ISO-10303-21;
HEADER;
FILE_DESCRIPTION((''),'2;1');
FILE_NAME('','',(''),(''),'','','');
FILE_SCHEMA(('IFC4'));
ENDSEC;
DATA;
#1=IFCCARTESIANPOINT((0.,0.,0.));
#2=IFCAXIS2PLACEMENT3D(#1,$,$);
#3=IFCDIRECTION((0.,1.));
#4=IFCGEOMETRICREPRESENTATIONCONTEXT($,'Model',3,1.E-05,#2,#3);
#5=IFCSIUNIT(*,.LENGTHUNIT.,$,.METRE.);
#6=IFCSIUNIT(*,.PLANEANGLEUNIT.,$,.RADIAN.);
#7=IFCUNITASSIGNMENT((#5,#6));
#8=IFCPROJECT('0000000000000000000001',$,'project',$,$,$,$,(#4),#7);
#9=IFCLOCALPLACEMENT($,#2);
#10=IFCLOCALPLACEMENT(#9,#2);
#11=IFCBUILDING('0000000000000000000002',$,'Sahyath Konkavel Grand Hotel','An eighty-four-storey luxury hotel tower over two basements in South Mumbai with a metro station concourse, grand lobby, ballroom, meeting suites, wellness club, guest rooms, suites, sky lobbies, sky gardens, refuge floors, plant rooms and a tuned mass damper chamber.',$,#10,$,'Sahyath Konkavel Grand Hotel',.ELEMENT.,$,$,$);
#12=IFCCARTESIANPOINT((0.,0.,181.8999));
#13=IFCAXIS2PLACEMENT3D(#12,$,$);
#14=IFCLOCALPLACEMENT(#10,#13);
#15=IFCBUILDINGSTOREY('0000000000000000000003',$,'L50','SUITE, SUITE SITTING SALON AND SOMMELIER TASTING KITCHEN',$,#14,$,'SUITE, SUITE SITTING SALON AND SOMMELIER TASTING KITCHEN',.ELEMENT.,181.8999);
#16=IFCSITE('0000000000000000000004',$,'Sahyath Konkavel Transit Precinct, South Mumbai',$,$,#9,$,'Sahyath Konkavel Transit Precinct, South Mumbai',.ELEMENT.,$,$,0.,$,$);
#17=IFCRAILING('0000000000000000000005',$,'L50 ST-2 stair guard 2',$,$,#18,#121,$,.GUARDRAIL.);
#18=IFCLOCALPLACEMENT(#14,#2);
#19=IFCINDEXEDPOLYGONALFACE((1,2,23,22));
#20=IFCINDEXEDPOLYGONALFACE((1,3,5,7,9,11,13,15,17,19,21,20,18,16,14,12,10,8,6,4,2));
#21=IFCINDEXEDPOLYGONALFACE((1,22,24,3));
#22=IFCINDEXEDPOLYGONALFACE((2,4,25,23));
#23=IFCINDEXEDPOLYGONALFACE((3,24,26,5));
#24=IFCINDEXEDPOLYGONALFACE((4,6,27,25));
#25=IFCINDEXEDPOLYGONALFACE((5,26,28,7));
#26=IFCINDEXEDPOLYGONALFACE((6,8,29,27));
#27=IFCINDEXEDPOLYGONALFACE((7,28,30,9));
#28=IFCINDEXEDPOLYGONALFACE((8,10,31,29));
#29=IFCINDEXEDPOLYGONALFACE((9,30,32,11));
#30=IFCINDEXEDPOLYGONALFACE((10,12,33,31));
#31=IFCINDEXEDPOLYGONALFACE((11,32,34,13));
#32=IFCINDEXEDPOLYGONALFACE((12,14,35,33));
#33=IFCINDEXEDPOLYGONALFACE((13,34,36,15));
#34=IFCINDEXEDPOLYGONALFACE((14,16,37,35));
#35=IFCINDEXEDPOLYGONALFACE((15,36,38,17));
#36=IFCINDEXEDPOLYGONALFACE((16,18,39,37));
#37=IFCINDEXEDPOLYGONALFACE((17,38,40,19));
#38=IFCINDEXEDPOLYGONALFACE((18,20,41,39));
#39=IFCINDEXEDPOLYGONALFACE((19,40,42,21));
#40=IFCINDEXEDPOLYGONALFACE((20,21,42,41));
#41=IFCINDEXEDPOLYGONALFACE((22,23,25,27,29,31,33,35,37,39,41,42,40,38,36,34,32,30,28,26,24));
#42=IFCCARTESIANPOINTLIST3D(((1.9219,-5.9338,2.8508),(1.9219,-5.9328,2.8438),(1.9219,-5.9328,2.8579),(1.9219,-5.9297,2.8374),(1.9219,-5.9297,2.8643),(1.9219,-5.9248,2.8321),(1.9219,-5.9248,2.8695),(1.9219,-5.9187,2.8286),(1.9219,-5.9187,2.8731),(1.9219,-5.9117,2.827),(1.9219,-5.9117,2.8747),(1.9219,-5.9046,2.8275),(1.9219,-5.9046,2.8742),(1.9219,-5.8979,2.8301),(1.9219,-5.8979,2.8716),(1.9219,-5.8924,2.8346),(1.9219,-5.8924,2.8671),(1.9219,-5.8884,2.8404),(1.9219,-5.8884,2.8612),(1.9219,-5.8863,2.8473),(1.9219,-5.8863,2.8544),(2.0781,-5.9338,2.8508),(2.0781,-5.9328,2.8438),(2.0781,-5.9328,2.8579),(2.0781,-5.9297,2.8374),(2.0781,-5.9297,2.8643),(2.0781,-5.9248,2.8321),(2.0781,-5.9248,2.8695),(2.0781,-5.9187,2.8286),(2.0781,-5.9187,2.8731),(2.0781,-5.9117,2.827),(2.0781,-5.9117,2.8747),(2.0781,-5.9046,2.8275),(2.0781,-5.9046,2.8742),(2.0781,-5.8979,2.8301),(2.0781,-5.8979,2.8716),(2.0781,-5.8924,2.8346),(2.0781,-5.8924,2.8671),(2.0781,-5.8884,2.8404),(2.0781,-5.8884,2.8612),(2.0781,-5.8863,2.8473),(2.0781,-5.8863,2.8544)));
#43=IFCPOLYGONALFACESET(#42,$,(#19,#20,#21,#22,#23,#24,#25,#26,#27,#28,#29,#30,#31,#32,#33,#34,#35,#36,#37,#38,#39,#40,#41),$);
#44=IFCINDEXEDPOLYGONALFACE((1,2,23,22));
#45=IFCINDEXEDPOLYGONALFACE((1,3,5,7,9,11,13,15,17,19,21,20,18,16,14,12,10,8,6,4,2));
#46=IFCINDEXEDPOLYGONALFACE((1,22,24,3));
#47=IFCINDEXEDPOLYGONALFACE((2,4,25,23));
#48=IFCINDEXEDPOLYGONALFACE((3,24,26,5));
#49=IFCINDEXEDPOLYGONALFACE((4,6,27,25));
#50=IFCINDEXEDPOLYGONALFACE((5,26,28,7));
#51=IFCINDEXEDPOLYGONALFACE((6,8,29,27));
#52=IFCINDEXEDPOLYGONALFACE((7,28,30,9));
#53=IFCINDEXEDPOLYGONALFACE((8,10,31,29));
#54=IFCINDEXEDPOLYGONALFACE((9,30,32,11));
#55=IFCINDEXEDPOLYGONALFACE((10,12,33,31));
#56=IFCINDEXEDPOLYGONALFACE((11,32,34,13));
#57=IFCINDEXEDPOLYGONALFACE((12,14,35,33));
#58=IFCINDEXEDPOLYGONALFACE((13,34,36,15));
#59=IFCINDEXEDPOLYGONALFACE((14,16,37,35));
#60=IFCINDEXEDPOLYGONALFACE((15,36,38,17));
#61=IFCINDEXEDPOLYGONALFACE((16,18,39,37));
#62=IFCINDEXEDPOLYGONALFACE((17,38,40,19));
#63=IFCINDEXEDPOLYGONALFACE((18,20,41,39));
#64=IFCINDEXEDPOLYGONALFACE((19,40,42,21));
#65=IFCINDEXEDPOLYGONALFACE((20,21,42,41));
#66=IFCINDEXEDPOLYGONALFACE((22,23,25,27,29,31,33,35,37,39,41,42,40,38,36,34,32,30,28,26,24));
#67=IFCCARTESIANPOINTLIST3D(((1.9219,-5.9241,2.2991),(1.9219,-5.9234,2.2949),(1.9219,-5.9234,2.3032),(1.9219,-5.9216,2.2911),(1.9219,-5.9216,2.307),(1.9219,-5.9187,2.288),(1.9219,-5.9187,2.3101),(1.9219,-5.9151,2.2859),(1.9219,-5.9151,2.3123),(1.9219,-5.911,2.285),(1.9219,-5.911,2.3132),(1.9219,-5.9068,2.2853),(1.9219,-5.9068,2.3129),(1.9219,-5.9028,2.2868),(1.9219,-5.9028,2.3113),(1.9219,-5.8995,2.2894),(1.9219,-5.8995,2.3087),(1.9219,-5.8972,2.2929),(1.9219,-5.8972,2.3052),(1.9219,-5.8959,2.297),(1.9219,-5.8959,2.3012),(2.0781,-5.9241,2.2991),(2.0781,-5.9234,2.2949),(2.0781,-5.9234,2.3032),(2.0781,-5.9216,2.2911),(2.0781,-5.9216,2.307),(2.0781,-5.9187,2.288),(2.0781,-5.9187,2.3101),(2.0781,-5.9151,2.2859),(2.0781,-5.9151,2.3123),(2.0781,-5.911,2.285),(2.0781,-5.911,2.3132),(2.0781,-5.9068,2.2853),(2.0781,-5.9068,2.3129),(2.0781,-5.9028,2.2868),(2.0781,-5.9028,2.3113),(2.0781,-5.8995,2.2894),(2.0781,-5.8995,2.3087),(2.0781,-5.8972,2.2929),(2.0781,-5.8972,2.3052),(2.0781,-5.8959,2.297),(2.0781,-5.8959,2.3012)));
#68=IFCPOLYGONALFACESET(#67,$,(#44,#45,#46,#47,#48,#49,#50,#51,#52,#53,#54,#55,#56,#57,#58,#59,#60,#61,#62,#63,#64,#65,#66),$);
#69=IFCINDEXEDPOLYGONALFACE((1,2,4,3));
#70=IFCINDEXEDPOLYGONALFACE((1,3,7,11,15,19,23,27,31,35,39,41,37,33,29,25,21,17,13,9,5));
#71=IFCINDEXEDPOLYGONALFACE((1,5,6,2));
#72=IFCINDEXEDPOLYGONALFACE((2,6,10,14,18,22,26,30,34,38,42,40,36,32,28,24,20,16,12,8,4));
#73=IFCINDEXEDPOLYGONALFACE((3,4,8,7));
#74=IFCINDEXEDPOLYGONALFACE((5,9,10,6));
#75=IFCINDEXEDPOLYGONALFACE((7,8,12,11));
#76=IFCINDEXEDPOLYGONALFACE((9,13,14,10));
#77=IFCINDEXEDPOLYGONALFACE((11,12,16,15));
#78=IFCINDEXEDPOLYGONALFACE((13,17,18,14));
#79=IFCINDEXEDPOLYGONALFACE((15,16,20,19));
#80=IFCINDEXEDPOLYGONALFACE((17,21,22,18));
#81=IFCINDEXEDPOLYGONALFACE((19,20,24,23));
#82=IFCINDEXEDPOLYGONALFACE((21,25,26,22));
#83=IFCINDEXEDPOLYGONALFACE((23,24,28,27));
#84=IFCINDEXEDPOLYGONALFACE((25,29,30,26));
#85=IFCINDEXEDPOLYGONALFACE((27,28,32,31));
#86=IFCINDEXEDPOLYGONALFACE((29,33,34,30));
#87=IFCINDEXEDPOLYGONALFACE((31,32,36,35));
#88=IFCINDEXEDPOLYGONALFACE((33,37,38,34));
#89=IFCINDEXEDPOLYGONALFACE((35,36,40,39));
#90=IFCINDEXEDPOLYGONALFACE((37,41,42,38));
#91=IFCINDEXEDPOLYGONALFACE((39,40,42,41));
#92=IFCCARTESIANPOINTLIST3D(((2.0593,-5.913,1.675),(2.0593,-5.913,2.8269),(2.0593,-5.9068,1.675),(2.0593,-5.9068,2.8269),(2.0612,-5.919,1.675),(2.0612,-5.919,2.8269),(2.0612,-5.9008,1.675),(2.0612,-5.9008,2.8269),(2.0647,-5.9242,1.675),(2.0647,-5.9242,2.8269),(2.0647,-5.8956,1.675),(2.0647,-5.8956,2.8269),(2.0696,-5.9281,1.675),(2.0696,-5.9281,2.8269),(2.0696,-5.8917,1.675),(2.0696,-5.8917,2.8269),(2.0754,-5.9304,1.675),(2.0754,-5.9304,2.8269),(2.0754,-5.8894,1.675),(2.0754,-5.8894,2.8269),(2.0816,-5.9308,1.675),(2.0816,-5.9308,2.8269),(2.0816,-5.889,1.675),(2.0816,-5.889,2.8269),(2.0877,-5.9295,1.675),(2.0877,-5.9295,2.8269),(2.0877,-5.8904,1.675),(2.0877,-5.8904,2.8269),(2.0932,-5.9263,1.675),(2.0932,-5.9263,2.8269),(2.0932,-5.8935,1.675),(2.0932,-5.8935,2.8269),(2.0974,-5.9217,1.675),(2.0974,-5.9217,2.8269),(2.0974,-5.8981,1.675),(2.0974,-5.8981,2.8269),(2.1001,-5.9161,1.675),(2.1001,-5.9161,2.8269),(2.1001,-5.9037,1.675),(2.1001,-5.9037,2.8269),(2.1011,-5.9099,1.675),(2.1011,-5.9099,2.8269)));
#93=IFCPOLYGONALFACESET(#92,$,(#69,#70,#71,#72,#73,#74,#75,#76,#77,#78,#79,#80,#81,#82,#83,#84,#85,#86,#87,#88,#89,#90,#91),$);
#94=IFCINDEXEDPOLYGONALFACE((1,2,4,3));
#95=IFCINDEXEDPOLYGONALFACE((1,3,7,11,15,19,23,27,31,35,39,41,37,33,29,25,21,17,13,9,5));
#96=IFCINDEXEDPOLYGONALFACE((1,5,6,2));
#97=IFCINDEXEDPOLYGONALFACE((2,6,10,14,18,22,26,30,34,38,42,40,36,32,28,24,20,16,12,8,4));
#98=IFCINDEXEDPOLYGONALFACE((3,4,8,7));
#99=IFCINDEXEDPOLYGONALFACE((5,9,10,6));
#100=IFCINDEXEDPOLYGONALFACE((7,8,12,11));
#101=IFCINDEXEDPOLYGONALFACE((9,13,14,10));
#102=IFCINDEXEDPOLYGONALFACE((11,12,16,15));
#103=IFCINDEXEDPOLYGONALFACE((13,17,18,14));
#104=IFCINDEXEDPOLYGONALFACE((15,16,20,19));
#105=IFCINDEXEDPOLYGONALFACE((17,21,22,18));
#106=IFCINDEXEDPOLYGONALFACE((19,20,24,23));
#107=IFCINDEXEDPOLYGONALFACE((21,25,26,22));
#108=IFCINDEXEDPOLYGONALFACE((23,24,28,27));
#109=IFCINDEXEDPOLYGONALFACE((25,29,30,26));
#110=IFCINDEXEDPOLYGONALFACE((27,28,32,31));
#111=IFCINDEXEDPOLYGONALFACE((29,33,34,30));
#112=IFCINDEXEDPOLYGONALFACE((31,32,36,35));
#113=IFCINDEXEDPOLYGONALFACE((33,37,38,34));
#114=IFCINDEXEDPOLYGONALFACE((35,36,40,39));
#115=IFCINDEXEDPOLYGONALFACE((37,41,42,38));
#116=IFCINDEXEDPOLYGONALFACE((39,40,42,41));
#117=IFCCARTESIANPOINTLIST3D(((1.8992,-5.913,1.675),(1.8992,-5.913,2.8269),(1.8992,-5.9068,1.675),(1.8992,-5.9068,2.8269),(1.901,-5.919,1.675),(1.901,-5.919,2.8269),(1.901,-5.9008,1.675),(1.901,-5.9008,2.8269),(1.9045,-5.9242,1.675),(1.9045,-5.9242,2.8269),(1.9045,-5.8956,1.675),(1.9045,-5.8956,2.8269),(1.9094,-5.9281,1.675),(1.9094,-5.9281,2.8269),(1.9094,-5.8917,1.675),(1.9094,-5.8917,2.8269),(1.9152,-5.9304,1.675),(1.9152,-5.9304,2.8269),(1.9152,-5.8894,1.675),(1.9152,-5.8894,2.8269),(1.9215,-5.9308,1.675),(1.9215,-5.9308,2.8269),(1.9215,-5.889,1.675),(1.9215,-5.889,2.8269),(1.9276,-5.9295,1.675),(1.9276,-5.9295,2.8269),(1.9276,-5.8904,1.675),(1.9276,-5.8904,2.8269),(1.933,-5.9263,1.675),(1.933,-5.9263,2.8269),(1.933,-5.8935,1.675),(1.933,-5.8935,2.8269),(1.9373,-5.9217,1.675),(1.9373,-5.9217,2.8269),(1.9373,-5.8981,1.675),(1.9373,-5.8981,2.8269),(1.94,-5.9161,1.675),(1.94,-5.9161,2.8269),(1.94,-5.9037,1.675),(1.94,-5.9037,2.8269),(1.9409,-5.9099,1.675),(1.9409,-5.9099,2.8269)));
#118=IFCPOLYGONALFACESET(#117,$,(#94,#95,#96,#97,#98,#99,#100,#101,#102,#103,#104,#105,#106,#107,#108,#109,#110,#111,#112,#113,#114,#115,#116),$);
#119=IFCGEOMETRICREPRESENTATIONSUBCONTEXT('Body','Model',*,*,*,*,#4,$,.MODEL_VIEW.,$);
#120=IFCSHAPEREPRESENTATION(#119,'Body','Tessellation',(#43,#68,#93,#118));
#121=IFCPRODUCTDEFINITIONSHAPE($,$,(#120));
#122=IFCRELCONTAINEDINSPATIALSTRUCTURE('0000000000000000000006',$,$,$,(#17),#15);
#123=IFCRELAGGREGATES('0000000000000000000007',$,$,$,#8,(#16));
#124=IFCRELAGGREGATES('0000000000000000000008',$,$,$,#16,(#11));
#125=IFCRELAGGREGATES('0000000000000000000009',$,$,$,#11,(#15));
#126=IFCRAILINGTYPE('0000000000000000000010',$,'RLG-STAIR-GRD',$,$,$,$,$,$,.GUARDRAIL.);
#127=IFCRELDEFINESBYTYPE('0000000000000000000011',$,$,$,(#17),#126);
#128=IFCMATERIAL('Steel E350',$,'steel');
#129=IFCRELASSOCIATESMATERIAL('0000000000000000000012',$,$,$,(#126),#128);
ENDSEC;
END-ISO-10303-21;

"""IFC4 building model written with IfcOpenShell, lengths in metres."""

from ifc_helpers import new_model, si_unit, direction, frame, origin, origin_2d, place, context, subcontext, project, spatial, circle, extrude, material, type_object, element, save


model = new_model("IFC4")

# Units and contexts
model_context = context("Model", 3, precision=1e-05, world=origin(), true_north=direction((0.0, 1.0)))
body_context = subcontext(model_context, "Body", "Model", "MODEL_VIEW")
ifc_project = project(units=[si_unit("LENGTHUNIT", "METRE"), si_unit("PLANEANGLEUNIT", "RADIAN")], contexts=[model_context])

# Site, building, storey
site_placement = place(None, origin())
site = spatial("IfcSite", under=ifc_project, at=site_placement, Name="Sahyath Konkavel Transit Precinct, South Mumbai", LongName="Sahyath Konkavel Transit Precinct, South Mumbai", CompositionType="ELEMENT", RefElevation=0.0)
building_placement = place(site_placement, origin())
building = spatial("IfcBuilding", under=site, at=building_placement, Name="Sahyath Konkavel Grand Hotel", Description="An eighty-four-storey luxury hotel tower over two basements in South Mumbai with a metro station concourse, grand lobby, ballroom, meeting suites, wellness club, guest rooms, suites, sky lobbies, sky gardens, refuge floors, plant rooms and a tuned mass damper chamber.", LongName="Sahyath Konkavel Grand Hotel", CompositionType="ELEMENT")
storey_placement = place(building_placement, frame((0.0, 0.0, 181.8999)))
storey = spatial("IfcBuildingStorey", under=building, at=storey_placement, Name="L50", Description="SUITE, SUITE SITTING SALON AND SOMMELIER TASTING KITCHEN", LongName="SUITE, SUITE SITTING SALON AND SOMMELIER TASTING KITCHEN", CompositionType="ELEMENT", Elevation=181.8999)

# Shared definitions
ifc_material_1 = material(Name="Steel E350", Category="steel")

# Railing
railing_type_1 = type_object("IfcRailingType", Name="RLG-STAIR-GRD", PredefinedType="GUARDRAIL", material=ifc_material_1)
railing_1_placement = place(storey_placement, frame((2.0801, -5.9099, 1.675)))
element("IfcRailing", 1, at=railing_1_placement, inside=storey, type_object=railing_type_1, Name="L50 ST-2 stair guard 2", PredefinedType="GUARDRAIL", context=body_context, shape_type="SweptSolid", body=[
    extrude(circle(Radius=0.0239, at=origin_2d()), frame((-0.002, 0.0, 1.1758), z_axis=(-1.0, 0.0, 0.0), x_axis=(0.0, -1.0, 0.0)), (0.0, 0.0, 1.0), 0.1562),
    extrude(circle(Radius=0.0142, at=origin_2d()), frame((-0.002, 0.0, 0.624), z_axis=(-1.0, 0.0, 0.0), x_axis=(0.0, -1.0, 0.0)), (0.0, 0.0, 1.0), 0.1562),
    extrude(circle(Radius=0.021, at=origin_2d()), origin(), (0.0, 0.0, 1.0), 1.1519),
    extrude(circle(Radius=0.021, at=origin_2d()), frame((-0.1602, 0.0, 0.0)), (0.0, 0.0, 1.0), 1.1519),
])

save(model, "model.ifc")
